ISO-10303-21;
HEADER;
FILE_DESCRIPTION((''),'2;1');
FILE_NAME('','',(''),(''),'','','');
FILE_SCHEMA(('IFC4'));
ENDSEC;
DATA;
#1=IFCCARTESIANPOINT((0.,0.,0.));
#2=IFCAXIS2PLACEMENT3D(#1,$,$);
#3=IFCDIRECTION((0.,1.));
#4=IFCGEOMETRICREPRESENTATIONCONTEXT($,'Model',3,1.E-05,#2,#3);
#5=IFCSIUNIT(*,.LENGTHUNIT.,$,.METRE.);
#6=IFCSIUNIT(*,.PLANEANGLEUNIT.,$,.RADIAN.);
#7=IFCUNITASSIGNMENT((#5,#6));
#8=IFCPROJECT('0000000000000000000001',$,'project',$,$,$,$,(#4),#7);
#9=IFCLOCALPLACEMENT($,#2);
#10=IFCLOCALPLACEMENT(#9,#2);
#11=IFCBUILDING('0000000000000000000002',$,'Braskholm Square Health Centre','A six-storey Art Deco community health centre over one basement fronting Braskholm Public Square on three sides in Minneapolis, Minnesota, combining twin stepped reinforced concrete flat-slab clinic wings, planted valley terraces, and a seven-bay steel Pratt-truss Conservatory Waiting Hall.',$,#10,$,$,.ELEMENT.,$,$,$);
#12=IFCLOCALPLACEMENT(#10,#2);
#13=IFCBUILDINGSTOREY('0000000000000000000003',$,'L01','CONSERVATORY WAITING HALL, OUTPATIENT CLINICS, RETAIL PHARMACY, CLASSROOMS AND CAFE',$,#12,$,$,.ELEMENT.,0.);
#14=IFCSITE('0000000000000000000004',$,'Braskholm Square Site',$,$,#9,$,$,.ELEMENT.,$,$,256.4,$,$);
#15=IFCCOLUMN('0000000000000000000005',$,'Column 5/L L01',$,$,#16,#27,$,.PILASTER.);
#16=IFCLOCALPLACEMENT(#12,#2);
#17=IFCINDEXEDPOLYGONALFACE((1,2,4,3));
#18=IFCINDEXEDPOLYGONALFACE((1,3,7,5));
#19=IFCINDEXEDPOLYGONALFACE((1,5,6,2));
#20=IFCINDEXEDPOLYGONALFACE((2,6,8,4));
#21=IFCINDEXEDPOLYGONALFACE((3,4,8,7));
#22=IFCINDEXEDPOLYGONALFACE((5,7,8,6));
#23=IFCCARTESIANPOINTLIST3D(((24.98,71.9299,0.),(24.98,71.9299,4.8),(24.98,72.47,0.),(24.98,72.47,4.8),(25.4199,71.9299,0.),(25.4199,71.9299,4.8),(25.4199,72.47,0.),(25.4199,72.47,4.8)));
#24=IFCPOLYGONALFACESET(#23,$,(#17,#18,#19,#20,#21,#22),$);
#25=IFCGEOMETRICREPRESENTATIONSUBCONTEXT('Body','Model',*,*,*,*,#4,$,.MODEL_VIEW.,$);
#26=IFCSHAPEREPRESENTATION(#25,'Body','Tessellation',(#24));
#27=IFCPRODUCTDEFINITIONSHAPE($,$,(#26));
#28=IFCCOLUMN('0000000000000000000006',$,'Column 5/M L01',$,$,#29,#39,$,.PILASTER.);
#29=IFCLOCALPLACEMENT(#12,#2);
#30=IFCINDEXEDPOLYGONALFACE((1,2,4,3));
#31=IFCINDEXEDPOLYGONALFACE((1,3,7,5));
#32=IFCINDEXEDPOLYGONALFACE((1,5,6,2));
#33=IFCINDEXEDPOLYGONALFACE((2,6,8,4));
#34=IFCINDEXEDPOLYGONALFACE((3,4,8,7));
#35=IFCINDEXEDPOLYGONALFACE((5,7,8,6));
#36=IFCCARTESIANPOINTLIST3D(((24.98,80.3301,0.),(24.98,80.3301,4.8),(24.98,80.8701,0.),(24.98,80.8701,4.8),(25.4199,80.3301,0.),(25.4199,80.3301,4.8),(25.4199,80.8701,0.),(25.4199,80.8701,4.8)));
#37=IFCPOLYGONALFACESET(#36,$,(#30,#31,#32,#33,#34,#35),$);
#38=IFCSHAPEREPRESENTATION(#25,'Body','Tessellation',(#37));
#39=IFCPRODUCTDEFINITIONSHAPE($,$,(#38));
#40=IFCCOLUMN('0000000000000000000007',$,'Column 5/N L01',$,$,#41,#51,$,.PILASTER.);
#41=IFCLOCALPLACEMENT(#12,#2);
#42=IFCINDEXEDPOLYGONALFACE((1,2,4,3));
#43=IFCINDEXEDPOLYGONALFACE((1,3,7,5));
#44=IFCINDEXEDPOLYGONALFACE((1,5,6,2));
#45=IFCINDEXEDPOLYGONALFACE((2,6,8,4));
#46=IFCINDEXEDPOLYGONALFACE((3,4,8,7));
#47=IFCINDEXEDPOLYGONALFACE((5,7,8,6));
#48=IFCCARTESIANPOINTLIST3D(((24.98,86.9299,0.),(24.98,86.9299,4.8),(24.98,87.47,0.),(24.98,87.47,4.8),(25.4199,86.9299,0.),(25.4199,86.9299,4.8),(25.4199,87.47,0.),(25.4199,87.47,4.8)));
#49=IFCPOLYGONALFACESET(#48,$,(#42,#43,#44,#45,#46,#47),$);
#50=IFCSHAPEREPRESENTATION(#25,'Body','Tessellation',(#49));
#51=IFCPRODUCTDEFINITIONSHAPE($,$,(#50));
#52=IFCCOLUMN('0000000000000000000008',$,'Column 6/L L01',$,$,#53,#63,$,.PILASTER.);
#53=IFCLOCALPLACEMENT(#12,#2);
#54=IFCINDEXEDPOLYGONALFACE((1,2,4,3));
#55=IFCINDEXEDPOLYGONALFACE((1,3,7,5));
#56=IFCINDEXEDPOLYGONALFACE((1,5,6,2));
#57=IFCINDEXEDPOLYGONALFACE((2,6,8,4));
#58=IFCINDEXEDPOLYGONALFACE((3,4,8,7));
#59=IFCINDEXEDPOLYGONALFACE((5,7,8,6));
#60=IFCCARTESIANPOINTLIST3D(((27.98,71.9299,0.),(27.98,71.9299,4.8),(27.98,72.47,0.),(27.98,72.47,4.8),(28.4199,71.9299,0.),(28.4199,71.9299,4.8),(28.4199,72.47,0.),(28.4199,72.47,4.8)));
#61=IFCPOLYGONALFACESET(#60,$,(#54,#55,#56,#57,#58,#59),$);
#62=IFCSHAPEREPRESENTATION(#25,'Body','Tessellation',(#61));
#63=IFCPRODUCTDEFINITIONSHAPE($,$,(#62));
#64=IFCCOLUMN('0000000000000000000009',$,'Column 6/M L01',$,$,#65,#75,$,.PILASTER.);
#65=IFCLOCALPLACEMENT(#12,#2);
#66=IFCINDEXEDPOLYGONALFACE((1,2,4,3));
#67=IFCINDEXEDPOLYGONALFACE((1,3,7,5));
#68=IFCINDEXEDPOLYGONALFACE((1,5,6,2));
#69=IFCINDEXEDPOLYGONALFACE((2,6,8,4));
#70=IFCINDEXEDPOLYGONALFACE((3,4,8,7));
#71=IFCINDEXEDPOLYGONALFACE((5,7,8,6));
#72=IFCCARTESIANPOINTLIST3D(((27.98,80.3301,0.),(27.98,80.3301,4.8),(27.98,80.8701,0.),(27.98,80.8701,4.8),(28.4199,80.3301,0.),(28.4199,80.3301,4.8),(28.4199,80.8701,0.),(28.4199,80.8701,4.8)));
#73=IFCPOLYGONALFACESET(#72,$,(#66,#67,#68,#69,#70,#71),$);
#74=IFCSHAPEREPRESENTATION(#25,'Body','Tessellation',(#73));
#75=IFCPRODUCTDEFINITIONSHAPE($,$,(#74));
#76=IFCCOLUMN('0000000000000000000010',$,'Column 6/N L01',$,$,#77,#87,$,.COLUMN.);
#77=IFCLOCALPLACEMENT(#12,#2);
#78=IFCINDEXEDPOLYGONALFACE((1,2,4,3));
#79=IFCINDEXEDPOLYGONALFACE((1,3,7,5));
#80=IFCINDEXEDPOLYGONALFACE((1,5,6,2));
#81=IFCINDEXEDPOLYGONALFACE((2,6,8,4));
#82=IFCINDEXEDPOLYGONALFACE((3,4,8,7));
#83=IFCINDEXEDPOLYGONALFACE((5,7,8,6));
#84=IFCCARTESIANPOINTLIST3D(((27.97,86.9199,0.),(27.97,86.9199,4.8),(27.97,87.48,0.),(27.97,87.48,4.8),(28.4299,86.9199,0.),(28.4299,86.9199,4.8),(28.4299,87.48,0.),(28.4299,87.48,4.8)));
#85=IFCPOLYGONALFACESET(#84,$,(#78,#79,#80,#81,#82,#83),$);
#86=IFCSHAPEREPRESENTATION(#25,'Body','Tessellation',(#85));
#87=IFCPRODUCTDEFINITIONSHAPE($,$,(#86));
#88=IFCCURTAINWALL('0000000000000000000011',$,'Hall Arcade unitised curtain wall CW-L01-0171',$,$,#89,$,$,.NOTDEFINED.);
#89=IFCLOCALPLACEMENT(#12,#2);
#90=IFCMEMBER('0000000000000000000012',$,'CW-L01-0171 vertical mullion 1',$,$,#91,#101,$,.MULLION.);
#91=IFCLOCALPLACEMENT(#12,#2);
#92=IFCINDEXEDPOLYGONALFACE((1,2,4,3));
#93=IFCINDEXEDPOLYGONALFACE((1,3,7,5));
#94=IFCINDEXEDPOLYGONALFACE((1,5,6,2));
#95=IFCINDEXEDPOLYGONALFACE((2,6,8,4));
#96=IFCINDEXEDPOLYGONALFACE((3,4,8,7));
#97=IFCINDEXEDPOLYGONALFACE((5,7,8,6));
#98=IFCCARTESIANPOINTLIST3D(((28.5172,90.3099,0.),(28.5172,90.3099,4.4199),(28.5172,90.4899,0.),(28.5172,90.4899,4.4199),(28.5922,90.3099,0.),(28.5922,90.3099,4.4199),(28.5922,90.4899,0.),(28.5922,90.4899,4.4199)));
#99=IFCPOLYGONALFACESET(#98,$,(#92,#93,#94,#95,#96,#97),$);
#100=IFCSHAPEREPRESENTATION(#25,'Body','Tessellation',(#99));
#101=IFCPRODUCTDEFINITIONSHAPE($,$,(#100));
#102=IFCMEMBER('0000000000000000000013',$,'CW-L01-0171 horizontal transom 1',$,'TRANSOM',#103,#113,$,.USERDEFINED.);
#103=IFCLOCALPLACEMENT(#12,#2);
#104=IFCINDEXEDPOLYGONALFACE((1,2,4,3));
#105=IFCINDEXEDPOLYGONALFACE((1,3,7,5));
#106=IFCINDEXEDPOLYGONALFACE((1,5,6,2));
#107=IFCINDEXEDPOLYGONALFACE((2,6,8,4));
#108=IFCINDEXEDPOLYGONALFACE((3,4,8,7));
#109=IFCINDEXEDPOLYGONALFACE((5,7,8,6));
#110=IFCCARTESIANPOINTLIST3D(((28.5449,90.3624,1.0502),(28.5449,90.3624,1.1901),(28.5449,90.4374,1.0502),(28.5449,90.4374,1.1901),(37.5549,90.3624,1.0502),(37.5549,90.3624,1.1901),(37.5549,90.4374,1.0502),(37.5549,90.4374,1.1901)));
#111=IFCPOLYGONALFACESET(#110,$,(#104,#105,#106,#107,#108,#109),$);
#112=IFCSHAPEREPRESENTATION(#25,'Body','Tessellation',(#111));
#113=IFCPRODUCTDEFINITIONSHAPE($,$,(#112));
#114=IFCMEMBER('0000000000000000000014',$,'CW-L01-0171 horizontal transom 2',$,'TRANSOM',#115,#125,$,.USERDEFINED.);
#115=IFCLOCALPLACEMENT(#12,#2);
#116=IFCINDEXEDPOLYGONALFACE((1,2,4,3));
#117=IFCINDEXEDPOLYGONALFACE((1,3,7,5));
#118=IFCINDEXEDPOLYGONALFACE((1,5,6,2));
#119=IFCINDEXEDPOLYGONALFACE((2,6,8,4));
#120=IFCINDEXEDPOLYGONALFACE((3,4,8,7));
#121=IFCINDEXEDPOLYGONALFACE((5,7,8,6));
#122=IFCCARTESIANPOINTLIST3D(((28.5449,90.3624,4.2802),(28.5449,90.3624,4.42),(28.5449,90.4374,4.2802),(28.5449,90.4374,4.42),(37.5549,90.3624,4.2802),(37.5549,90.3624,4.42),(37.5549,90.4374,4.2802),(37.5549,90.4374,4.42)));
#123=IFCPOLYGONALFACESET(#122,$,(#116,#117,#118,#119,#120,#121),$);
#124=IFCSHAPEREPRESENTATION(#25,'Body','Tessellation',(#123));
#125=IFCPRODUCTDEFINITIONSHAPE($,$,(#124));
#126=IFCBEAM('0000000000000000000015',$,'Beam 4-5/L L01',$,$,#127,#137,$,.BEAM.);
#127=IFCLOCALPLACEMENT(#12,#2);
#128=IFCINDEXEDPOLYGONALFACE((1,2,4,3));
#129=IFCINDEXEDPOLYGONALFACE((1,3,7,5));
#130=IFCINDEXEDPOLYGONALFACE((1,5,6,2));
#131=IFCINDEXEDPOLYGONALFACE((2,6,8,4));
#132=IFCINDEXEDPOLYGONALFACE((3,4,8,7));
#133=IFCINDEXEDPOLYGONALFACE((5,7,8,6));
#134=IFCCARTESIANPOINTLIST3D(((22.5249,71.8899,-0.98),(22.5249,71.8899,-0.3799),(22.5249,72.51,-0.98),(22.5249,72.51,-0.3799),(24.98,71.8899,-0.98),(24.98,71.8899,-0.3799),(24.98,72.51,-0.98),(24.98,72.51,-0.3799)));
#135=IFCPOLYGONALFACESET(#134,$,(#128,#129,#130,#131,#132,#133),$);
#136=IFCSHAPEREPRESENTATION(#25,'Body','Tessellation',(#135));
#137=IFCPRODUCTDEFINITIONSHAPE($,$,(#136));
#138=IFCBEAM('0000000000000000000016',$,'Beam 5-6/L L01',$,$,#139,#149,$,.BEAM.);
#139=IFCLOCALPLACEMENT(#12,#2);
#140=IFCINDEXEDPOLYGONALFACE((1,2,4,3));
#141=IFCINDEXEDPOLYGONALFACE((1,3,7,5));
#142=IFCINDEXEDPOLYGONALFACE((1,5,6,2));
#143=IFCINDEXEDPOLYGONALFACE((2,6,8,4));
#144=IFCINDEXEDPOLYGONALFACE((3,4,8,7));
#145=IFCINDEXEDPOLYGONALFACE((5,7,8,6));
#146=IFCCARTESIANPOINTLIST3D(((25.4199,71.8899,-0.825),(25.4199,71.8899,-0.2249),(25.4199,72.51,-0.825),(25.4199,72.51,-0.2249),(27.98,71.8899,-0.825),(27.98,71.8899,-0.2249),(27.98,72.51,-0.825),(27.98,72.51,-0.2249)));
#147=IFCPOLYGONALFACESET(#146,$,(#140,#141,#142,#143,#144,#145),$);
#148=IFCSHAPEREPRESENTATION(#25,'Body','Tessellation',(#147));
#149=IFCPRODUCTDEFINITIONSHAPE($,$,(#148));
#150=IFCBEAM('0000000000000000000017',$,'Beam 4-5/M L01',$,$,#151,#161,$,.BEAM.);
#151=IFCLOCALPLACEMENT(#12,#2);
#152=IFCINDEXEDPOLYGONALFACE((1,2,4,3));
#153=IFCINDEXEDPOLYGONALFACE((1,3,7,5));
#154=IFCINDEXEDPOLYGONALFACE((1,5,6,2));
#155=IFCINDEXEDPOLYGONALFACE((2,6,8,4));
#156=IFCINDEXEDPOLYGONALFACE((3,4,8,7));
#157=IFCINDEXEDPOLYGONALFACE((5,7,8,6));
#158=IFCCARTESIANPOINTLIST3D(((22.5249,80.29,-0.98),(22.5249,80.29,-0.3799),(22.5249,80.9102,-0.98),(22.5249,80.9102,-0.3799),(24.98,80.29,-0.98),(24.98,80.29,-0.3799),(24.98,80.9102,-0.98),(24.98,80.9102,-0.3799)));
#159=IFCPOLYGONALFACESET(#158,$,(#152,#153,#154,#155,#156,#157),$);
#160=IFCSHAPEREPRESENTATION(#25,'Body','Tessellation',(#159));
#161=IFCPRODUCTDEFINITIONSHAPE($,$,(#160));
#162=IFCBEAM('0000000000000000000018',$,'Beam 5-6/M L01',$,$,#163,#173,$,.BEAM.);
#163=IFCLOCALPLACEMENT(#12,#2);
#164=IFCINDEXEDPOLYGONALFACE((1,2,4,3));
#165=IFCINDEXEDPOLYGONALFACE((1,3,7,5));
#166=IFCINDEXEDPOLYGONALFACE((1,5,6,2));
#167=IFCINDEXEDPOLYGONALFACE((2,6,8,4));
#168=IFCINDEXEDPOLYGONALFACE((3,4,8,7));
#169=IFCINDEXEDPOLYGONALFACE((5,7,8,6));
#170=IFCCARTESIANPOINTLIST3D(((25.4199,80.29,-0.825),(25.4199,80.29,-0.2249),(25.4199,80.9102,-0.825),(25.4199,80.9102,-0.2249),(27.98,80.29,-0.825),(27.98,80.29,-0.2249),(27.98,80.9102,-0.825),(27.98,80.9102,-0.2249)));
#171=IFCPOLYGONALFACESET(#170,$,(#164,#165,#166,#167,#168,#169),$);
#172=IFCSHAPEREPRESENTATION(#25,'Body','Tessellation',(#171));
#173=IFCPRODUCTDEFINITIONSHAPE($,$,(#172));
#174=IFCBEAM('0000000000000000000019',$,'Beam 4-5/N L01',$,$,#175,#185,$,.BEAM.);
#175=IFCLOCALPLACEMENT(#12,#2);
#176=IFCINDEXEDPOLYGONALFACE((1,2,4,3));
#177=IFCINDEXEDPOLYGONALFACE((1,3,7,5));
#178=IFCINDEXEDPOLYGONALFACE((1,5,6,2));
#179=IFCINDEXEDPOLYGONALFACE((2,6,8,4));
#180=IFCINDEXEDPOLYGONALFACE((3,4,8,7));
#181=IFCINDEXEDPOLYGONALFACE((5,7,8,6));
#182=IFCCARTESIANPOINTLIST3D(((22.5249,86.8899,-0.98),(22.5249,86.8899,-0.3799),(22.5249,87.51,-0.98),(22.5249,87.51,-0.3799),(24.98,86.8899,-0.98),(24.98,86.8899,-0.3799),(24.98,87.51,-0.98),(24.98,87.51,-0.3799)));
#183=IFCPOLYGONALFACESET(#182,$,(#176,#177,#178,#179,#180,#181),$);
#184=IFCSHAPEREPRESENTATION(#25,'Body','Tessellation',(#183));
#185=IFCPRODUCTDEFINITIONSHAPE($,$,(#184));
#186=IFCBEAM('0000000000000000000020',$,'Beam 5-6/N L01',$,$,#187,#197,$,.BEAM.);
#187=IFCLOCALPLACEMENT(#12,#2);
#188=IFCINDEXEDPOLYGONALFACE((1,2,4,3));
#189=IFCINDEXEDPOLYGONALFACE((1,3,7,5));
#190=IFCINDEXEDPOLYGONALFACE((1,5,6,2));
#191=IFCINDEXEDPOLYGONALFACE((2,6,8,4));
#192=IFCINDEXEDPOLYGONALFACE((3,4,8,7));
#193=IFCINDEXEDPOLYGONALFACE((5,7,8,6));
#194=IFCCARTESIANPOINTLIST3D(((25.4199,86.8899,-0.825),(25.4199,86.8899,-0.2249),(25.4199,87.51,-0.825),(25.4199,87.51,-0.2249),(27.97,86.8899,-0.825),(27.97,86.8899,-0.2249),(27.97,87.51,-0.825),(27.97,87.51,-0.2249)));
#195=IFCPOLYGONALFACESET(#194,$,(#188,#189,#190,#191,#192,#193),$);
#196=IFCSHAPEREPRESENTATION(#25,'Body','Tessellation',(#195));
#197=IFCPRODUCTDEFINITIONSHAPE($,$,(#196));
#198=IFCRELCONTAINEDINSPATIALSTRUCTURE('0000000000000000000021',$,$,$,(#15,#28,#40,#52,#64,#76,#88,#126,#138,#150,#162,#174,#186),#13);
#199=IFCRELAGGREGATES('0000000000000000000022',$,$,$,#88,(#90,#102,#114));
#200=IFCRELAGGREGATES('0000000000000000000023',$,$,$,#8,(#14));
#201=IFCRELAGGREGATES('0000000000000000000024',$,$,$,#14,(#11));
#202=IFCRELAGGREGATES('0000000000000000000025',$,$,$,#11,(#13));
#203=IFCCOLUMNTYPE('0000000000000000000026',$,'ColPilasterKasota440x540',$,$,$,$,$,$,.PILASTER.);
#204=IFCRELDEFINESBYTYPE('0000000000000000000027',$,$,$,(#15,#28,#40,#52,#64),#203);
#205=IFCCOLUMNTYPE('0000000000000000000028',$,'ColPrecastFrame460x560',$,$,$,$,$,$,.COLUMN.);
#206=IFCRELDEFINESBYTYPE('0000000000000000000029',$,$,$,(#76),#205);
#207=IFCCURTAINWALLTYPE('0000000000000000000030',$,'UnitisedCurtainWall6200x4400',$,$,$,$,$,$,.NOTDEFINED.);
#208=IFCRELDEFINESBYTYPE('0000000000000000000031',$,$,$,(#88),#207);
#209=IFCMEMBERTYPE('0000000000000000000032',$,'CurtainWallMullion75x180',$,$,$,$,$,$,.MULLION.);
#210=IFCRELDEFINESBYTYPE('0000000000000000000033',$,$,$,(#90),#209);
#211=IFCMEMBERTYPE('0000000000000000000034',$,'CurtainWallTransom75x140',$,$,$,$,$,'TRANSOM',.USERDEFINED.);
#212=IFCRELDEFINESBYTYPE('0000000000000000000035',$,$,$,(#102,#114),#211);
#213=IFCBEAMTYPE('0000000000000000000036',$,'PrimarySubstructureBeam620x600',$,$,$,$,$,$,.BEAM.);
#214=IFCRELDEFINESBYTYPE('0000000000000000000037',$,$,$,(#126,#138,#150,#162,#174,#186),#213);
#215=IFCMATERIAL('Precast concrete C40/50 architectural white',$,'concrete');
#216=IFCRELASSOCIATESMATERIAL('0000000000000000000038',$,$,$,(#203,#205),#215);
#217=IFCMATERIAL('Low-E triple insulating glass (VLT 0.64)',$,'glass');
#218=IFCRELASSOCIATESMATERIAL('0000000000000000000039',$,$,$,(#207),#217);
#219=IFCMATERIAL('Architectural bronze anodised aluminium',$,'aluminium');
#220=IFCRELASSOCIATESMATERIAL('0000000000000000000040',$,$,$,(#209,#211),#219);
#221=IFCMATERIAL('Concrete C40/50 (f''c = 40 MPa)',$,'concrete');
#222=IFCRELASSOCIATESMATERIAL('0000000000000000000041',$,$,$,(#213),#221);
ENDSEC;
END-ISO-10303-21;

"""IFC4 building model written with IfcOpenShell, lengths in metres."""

from ifc_helpers import new_model, si_unit, direction, frame, origin, origin_2d, place, context, subcontext, project, spatial, rectangle, extrude, material, material_profile, profile_set, type_object, element, aggregate, save


model = new_model("IFC4")

# Units and contexts
model_context = context("Model", 3, precision=1e-05, world=origin(), true_north=direction((0.0, 1.0)))
body_context = subcontext(model_context, "Body", "Model", "MODEL_VIEW")
ifc_project = project(units=[si_unit("LENGTHUNIT", "METRE"), si_unit("PLANEANGLEUNIT", "RADIAN")], contexts=[model_context])

# Site, building, storey
site_placement = place(None, origin())
site = spatial("IfcSite", under=ifc_project, at=site_placement, Name="Braskholm Square Site", CompositionType="ELEMENT", RefElevation=256.4)
building_placement = place(site_placement, origin())
building = spatial("IfcBuilding", under=site, at=building_placement, Name="Braskholm Square Health Centre", Description="A six-storey Art Deco community health centre over one basement fronting Braskholm Public Square on three sides in Minneapolis, Minnesota, combining twin stepped reinforced concrete flat-slab clinic wings, planted valley terraces, and a seven-bay steel Pratt-truss Conservatory Waiting Hall.", CompositionType="ELEMENT")
storey_placement = place(building_placement, origin())
storey = spatial("IfcBuildingStorey", under=building, at=storey_placement, Name="L01", Description="CONSERVATORY WAITING HALL, OUTPATIENT CLINICS, RETAIL PHARMACY, CLASSROOMS AND CAFE", CompositionType="ELEMENT", Elevation=0.0)

# Columns
ifc_material_1 = material(Name="Precast concrete C40/50 architectural white", Category="concrete")
ifc_material_profile_1 = material_profile(ifc_material_1, rectangle(XDim=0.4399, YDim=0.54, at=origin_2d()), Name="RC-440X540")
ifc_profile_set_1 = profile_set([ifc_material_profile_1], Name="Precast concrete C40/50 architectural white")
column_type_1 = type_object("IfcColumnType", Name="ColPilasterKasota440x540", PredefinedType="PILASTER", material=ifc_profile_set_1)
for number, where, z_axis, x_axis, name in (
    (1, (25.2, 72.2, 0.0), (0.0, 0.0, 1.0), (1.0, 0.0, 0.0), "Column 5/L L01"),
    (2, (25.2, 80.6001, 0.0), (0.0, 0.0, 1.0), (1.0, 0.0, 0.0), "Column 5/M L01"),
    (3, (25.2, 87.2, 0.0), (0.0, 0.0, 1.0), (1.0, 0.0, 0.0), "Column 5/N L01"),
    (4, (28.2, 72.2, 0.0), (0.0, 0.0, 1.0), (1.0, 0.0, 0.0), "Column 6/L L01"),
    (5, (28.2, 80.6001, 0.0), (0.0, 0.0, 1.0), (1.0, 0.0, 0.0), "Column 6/M L01"),
):
    element("IfcColumn", number, at=place(storey_placement, frame(where, z_axis=z_axis, x_axis=x_axis)), inside=storey, type_object=column_type_1, Name=name, PredefinedType="PILASTER", context=body_context, shape_type="SweptSolid", body=[
        extrude(rectangle(XDim=0.4399, YDim=0.54, at=origin_2d()), origin(), (0.0, 0.0, 1.0), 4.8),
    ])
ifc_material_profile_2 = material_profile(ifc_material_1, rectangle(XDim=0.46, YDim=0.5601, at=origin_2d()), Name="RC-460X560")
ifc_profile_set_2 = profile_set([ifc_material_profile_2], Name="Precast concrete C40/50 architectural white")
column_type_2 = type_object("IfcColumnType", Name="ColPrecastFrame460x560", PredefinedType="COLUMN", material=ifc_profile_set_2)
column_placement = place(storey_placement, frame((28.2, 87.2, 0.0), z_axis=(0.0, 0.0, 1.0), x_axis=(1.0, 0.0, 0.0)))
element("IfcColumn", 6, at=column_placement, inside=storey, type_object=column_type_2, Name="Column 6/N L01", PredefinedType="COLUMN", context=body_context, shape_type="SweptSolid", body=[
    extrude(rectangle(XDim=0.46, YDim=0.5601, at=origin_2d()), origin(), (0.0, 0.0, 1.0), 4.8),
])

# Curtain wall, members
ifc_material_2 = material(Name="Low-E triple insulating glass (VLT 0.64)", Category="glass")
curtain_wall_type = type_object("IfcCurtainWallType", Name="UnitisedCurtainWall6200x4400", PredefinedType="NOTDEFINED", material=ifc_material_2)
curtain_wall_placement = place(storey_placement, origin())
curtain_wall = element("IfcCurtainWall", 7, at=curtain_wall_placement, inside=storey, type_object=curtain_wall_type, Name="Hall Arcade unitised curtain wall CW-L01-0171", PredefinedType="NOTDEFINED")
ifc_material_3 = material(Name="Architectural bronze anodised aluminium", Category="aluminium")
ifc_material_profile_3 = material_profile(ifc_material_3, rectangle(XDim=0.075, YDim=0.1799, at=origin_2d()), Name="ALU-75X180")
ifc_profile_set_3 = profile_set([ifc_material_profile_3], Name="Architectural bronze anodised aluminium")
member_type_1 = type_object("IfcMemberType", Name="CurtainWallMullion75x180", PredefinedType="MULLION", material=ifc_profile_set_3)
member_1_placement = place(storey_placement, frame((28.5547, 90.3999, 0.0), z_axis=(0.0, 0.0, 1.0), x_axis=(1.0, 0.0, 0.0)))
member_1 = element("IfcMember", 8, at=member_1_placement, type_object=member_type_1, Name="CW-L01-0171 vertical mullion 1", PredefinedType="MULLION", context=body_context, shape_type="SweptSolid", body=[
    extrude(rectangle(XDim=0.075, YDim=0.1799, at=origin_2d()), origin(), (0.0, 0.0, 1.0), 4.4199),
])
ifc_material_profile_4 = material_profile(ifc_material_3, rectangle(XDim=0.075, YDim=0.1399, at=origin_2d()), Name="ALU-75X140")
ifc_profile_set_4 = profile_set([ifc_material_profile_4], Name="Architectural bronze anodised aluminium")
member_type_2 = type_object("IfcMemberType", Name="CurtainWallTransom75x140", ElementType="TRANSOM", PredefinedType="USERDEFINED", material=ifc_profile_set_4)
member_2_placement = place(storey_placement, frame((28.5449, 90.3999, 1.1201), z_axis=(1.0, 0.0, 0.0), x_axis=(0.0, 1.0, 0.0)))
member_2 = element("IfcMember", 9, at=member_2_placement, type_object=member_type_2, Name="CW-L01-0171 horizontal transom 1", ObjectType="TRANSOM", PredefinedType="USERDEFINED", context=body_context, shape_type="SweptSolid", body=[
    extrude(rectangle(XDim=0.075, YDim=0.1399, at=origin_2d()), origin(), (0.0, 0.0, 1.0), 9.01),
])
member_3_placement = place(storey_placement, frame((28.5449, 90.3999, 4.3501), z_axis=(1.0, 0.0, 0.0), x_axis=(0.0, 1.0, 0.0)))
member_3 = element("IfcMember", 10, at=member_3_placement, type_object=member_type_2, Name="CW-L01-0171 horizontal transom 2", ObjectType="TRANSOM", PredefinedType="USERDEFINED", context=body_context, shape_type="SweptSolid", body=[
    extrude(rectangle(XDim=0.075, YDim=0.1399, at=origin_2d()), origin(), (0.0, 0.0, 1.0), 9.01),
])
aggregate(curtain_wall, [member_1, member_2, member_3])

# Beams
ifc_material_4 = material(Name="Concrete C40/50 (f'c = 40 MPa)", Category="concrete")
ifc_material_profile_5 = material_profile(ifc_material_4, rectangle(XDim=0.6201, YDim=0.6001, at=origin_2d()), Name="RCB-620X600")
ifc_profile_set_5 = profile_set([ifc_material_profile_5], Name="Concrete C40/50 (f'c = 40 MPa)")
beam_type_1 = type_object("IfcBeamType", Name="PrimarySubstructureBeam620x600", PredefinedType="BEAM", material=ifc_profile_set_5)
beam_1_placement = place(storey_placement, frame((22.5249, 72.2, -0.6799), z_axis=(1.0, 0.0, 0.0), x_axis=(0.0, 1.0, 0.0)))
element("IfcBeam", 11, at=beam_1_placement, inside=storey, type_object=beam_type_1, Name="Beam 4-5/L L01", PredefinedType="BEAM", context=body_context, shape_type="SweptSolid", body=[
    extrude(rectangle(XDim=0.6201, YDim=0.6001, at=origin_2d()), origin(), (0.0, 0.0, 1.0), 2.4551),
])
beam_2_placement = place(storey_placement, frame((25.4199, 72.2, -0.5249), z_axis=(1.0, 0.0, 0.0), x_axis=(0.0, 1.0, 0.0)))
element("IfcBeam", 12, at=beam_2_placement, inside=storey, type_object=beam_type_1, Name="Beam 5-6/L L01", PredefinedType="BEAM", context=body_context, shape_type="SweptSolid", body=[
    extrude(rectangle(XDim=0.6201, YDim=0.6001, at=origin_2d()), origin(), (0.0, 0.0, 1.0), 2.5601),
])
beam_3_placement = place(storey_placement, frame((22.5249, 80.6001, -0.6799), z_axis=(1.0, 0.0, 0.0), x_axis=(0.0, 1.0, 0.0)))
element("IfcBeam", 13, at=beam_3_placement, inside=storey, type_object=beam_type_1, Name="Beam 4-5/M L01", PredefinedType="BEAM", context=body_context, shape_type="SweptSolid", body=[
    extrude(rectangle(XDim=0.6201, YDim=0.6001, at=origin_2d()), origin(), (0.0, 0.0, 1.0), 2.4551),
])
beam_4_placement = place(storey_placement, frame((25.4199, 80.6001, -0.5249), z_axis=(1.0, 0.0, 0.0), x_axis=(0.0, 1.0, 0.0)))
element("IfcBeam", 14, at=beam_4_placement, inside=storey, type_object=beam_type_1, Name="Beam 5-6/M L01", PredefinedType="BEAM", context=body_context, shape_type="SweptSolid", body=[
    extrude(rectangle(XDim=0.6201, YDim=0.6001, at=origin_2d()), origin(), (0.0, 0.0, 1.0), 2.5601),
])
beam_5_placement = place(storey_placement, frame((22.5249, 87.2, -0.6799), z_axis=(1.0, 0.0, 0.0), x_axis=(0.0, 1.0, 0.0)))
element("IfcBeam", 15, at=beam_5_placement, inside=storey, type_object=beam_type_1, Name="Beam 4-5/N L01", PredefinedType="BEAM", context=body_context, shape_type="SweptSolid", body=[
    extrude(rectangle(XDim=0.6201, YDim=0.6001, at=origin_2d()), origin(), (0.0, 0.0, 1.0), 2.4551),
])
beam_6_placement = place(storey_placement, frame((25.4199, 87.2, -0.5249), z_axis=(1.0, 0.0, 0.0), x_axis=(0.0, 1.0, 0.0)))
element("IfcBeam", 16, at=beam_6_placement, inside=storey, type_object=beam_type_1, Name="Beam 5-6/N L01", PredefinedType="BEAM", context=body_context, shape_type="SweptSolid", body=[
    extrude(rectangle(XDim=0.6201, YDim=0.6001, at=origin_2d()), origin(), (0.0, 0.0, 1.0), 2.55),
])

save(model, "model.ifc")
